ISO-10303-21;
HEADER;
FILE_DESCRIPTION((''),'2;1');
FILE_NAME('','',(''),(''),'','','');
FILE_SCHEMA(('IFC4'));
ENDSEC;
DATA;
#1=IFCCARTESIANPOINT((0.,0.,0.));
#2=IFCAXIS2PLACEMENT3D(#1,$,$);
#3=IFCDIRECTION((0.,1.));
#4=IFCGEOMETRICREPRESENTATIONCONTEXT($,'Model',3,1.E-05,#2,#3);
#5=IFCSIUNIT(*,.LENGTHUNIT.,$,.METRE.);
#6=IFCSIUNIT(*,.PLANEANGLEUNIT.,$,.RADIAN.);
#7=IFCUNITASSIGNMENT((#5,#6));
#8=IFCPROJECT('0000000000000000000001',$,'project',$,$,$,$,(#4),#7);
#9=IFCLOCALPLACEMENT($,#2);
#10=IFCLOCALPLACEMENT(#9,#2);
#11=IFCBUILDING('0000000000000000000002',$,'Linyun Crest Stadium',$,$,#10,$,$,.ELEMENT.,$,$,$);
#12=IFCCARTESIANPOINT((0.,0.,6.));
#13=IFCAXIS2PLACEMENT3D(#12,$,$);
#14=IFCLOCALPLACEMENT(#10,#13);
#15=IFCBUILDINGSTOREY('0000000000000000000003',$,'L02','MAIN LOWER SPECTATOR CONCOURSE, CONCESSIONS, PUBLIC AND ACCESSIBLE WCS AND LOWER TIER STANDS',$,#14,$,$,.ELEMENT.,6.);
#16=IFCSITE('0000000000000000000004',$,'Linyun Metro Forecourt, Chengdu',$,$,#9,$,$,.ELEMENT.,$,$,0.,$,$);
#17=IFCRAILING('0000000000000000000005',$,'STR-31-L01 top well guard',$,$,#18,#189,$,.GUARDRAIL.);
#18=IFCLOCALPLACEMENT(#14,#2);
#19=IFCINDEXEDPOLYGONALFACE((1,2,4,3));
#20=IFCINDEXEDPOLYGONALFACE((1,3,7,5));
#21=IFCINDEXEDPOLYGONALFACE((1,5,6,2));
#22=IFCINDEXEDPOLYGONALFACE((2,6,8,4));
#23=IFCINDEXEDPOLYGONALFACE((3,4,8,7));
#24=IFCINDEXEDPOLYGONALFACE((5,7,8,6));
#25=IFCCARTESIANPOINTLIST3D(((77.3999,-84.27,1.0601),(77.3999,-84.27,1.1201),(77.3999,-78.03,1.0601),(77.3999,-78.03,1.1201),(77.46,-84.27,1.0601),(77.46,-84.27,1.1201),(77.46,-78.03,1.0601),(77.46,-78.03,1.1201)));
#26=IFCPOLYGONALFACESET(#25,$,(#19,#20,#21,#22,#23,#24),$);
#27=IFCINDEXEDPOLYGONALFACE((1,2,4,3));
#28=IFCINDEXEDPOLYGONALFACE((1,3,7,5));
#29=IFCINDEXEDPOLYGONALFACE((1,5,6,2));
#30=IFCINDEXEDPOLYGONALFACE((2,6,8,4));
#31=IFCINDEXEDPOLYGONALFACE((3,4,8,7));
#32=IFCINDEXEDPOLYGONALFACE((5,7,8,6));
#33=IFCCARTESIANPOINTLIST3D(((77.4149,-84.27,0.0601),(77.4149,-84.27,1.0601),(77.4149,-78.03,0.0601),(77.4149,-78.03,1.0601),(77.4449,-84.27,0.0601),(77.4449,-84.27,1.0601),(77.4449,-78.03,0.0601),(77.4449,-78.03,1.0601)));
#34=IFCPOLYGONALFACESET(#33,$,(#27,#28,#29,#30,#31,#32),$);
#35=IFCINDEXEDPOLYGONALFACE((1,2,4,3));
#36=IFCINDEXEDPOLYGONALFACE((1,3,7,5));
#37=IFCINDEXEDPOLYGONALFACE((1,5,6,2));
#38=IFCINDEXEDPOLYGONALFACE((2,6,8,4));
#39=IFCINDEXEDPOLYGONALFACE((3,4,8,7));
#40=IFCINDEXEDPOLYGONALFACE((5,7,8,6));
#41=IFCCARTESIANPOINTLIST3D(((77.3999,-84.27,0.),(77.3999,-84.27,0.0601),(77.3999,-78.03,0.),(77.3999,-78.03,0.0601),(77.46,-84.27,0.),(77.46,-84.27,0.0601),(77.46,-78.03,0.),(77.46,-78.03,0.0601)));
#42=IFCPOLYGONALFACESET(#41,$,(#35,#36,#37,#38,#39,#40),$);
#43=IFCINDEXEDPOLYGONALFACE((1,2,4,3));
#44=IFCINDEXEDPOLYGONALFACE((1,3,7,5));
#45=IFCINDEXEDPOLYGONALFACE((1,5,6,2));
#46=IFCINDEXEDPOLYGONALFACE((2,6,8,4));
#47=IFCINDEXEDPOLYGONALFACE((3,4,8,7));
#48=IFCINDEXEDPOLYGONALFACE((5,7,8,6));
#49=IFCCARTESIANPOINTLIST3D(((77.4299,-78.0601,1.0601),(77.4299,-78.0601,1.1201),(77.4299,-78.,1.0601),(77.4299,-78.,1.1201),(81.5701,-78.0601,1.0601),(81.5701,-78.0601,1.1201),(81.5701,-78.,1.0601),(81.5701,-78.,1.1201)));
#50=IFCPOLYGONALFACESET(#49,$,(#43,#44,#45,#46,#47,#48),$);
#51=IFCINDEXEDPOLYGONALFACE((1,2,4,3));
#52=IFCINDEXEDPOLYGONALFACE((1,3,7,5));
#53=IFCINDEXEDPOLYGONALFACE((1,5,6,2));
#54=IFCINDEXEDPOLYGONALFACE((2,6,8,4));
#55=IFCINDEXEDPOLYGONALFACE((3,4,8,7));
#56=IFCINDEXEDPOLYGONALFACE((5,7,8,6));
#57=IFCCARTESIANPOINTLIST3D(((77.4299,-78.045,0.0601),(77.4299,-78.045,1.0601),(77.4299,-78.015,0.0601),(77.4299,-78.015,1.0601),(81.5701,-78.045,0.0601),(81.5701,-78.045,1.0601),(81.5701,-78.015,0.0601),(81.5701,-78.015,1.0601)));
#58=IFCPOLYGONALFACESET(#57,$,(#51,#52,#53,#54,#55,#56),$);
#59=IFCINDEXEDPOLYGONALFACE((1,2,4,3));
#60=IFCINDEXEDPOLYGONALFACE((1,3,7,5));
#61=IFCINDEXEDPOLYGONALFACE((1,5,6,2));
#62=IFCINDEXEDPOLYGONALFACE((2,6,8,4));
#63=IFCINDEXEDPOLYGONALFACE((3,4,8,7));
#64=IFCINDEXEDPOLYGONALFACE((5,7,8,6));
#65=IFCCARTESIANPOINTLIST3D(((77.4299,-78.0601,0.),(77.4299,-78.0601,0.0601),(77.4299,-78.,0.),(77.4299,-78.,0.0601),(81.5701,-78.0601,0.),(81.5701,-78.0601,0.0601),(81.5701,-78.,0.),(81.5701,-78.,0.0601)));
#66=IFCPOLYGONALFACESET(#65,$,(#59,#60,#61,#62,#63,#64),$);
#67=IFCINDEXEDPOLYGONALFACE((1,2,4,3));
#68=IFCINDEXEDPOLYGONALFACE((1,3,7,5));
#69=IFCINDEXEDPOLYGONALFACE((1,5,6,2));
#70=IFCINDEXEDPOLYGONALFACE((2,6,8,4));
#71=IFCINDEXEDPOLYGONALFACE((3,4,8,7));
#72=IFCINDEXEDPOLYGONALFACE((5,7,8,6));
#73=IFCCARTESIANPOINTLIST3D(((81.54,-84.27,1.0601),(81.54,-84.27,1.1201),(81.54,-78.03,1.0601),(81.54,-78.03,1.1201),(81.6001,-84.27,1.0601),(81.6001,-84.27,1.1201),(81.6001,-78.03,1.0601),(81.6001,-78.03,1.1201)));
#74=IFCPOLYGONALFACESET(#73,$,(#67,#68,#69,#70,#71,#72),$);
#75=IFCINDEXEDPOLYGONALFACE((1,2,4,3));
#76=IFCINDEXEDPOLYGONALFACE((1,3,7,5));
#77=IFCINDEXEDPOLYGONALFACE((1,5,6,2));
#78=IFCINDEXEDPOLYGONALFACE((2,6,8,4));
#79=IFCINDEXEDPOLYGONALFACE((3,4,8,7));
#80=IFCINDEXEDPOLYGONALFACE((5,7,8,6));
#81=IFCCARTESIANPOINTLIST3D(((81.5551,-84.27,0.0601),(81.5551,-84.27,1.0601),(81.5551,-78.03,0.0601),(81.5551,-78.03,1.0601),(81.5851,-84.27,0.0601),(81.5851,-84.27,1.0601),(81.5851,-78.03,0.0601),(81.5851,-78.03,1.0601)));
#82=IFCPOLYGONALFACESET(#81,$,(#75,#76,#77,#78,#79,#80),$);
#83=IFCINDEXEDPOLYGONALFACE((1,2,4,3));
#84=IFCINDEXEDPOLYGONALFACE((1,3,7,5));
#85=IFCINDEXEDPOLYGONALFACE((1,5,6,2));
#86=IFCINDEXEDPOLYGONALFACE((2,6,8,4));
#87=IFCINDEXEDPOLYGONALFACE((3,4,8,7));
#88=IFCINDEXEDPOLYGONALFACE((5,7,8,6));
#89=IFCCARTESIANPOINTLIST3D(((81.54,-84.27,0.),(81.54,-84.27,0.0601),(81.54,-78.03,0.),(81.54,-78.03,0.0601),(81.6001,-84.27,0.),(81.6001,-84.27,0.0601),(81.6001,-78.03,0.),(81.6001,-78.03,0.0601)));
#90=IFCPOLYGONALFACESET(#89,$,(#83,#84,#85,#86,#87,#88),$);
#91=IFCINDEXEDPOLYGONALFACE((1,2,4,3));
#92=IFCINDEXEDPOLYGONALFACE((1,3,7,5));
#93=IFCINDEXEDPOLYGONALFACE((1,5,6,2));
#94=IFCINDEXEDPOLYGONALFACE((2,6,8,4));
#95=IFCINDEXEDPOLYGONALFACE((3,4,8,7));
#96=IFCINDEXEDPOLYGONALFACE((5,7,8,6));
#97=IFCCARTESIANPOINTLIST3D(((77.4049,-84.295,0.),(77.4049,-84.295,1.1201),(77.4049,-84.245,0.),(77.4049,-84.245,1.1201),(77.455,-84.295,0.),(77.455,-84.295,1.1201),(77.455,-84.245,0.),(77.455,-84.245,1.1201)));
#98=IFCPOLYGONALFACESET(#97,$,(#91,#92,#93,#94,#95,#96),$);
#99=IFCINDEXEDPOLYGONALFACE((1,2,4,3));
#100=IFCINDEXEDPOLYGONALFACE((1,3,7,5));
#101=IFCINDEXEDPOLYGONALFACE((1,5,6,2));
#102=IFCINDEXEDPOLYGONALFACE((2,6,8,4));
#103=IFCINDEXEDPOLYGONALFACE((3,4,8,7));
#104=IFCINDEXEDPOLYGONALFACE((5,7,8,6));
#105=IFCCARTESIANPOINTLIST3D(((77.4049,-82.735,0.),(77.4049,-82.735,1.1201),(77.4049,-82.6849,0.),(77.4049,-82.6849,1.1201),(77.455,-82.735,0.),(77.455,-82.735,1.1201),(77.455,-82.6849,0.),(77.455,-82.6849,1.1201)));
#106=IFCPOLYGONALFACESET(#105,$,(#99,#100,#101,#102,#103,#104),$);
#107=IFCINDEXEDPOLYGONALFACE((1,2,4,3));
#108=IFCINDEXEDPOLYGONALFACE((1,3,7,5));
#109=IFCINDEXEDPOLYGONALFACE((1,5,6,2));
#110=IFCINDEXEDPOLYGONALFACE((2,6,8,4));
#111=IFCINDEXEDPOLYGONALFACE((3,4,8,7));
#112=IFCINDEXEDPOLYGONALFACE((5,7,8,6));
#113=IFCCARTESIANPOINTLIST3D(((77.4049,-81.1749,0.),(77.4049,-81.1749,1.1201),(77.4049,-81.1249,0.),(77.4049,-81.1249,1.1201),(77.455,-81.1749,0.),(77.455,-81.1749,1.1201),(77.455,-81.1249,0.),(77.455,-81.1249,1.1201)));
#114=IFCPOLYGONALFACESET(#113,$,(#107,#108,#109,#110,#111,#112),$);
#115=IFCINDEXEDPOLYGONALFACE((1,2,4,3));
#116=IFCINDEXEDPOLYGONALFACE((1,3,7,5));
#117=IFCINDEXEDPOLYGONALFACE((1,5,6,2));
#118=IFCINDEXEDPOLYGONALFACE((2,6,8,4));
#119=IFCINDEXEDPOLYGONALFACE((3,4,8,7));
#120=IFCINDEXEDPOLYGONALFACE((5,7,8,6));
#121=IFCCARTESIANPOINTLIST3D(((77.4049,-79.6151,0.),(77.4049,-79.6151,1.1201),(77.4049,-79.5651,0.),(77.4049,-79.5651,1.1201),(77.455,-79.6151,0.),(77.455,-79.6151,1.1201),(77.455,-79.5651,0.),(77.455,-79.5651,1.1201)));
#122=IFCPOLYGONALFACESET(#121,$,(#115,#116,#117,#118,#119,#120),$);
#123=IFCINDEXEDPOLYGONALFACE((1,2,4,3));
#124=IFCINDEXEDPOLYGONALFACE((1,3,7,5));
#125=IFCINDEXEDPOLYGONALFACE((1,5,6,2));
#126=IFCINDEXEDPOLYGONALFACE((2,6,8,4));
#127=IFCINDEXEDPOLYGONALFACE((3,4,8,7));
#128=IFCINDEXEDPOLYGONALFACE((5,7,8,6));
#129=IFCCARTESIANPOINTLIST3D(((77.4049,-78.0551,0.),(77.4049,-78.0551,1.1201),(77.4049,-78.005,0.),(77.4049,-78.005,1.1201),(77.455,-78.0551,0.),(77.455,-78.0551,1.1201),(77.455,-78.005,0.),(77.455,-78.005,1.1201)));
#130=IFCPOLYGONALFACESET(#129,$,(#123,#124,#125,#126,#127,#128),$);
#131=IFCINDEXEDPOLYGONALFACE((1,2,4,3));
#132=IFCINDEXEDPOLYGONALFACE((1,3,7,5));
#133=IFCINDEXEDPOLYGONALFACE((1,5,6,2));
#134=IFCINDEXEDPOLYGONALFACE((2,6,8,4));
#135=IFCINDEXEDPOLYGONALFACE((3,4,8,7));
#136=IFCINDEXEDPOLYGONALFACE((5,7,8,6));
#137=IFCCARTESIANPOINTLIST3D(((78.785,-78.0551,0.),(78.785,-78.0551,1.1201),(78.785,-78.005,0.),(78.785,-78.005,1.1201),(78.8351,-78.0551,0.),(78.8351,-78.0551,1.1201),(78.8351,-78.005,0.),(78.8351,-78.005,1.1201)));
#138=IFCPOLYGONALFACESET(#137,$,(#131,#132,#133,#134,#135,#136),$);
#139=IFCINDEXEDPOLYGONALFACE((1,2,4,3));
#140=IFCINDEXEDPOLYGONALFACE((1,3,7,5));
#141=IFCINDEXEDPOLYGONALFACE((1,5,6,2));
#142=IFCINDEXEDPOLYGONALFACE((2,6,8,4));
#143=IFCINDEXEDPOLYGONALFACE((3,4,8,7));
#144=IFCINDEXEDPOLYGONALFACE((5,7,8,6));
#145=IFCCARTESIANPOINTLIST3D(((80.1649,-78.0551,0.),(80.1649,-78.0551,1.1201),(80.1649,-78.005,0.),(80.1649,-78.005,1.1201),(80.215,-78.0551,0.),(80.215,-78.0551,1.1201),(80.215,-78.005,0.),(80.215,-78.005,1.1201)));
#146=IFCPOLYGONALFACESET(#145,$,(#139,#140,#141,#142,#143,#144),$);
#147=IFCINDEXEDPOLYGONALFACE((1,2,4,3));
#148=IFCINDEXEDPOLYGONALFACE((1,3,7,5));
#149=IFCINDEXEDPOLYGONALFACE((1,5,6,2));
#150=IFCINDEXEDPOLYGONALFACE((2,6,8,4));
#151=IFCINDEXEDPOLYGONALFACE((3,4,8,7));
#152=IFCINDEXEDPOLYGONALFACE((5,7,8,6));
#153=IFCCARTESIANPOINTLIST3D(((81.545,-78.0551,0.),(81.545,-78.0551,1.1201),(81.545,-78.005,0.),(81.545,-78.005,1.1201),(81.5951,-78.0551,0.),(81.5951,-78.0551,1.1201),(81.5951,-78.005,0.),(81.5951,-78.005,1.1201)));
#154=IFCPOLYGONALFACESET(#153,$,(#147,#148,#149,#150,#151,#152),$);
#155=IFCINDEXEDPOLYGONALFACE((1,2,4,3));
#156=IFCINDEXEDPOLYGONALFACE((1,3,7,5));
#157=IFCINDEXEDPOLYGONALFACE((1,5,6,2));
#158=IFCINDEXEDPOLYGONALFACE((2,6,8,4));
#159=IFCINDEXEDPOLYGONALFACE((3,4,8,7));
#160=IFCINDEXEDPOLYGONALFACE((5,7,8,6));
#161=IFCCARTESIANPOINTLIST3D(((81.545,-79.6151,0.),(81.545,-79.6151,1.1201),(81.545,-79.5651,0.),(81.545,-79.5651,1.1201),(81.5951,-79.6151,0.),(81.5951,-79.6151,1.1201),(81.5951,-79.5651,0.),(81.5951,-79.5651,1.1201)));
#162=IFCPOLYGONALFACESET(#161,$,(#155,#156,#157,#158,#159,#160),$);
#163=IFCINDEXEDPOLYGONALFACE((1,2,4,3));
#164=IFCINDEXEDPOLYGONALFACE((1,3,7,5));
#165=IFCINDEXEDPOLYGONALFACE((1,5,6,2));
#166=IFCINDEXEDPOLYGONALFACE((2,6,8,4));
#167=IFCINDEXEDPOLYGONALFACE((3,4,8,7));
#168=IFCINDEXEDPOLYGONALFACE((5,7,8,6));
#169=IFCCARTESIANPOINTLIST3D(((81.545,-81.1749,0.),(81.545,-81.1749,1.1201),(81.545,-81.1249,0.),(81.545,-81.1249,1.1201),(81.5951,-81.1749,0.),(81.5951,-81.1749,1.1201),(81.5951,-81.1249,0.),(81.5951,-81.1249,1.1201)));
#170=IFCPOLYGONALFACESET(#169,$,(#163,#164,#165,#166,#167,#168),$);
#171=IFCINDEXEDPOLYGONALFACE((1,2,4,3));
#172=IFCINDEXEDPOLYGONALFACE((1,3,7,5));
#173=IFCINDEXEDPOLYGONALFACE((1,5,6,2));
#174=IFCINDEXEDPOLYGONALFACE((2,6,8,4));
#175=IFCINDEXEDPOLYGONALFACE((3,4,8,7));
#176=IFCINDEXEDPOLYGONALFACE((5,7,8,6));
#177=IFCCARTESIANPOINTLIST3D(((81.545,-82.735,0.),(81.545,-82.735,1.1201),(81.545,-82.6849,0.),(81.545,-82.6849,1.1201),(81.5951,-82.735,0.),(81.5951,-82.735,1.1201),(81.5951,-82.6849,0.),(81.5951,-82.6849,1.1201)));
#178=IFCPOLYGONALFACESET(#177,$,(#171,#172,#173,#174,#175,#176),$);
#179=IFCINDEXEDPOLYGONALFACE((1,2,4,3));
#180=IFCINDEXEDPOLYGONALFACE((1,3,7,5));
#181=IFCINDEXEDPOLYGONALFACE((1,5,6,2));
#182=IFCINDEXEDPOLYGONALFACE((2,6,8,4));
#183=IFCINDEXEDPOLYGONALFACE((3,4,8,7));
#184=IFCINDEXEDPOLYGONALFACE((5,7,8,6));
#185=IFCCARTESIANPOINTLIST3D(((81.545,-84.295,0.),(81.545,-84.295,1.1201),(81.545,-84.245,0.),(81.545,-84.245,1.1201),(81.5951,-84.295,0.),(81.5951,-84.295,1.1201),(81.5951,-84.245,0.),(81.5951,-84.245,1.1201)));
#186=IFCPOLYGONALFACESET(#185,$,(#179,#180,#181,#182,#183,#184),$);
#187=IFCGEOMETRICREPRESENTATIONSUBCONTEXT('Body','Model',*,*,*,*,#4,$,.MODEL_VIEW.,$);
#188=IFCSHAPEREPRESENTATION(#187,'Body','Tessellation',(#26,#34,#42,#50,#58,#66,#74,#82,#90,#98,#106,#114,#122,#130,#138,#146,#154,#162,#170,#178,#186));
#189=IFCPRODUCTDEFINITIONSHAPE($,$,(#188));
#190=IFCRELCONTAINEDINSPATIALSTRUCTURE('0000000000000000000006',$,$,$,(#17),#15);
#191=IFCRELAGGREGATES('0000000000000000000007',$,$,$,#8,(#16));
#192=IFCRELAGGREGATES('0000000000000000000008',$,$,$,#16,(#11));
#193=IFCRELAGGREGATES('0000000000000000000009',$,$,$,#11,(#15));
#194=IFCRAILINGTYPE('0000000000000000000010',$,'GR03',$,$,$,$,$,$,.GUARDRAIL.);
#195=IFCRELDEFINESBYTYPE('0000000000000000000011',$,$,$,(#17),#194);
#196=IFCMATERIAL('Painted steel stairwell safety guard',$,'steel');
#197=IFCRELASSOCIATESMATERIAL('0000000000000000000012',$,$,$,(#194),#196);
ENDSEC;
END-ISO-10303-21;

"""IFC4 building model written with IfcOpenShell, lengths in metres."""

from ifc_helpers import new_model, si_unit, direction, frame, origin, origin_2d, place, context, subcontext, project, spatial, rectangle, extrude, material, type_object, element, save


model = new_model("IFC4")

# Units and contexts
model_context = context("Model", 3, precision=1e-05, world=origin(), true_north=direction((0.0, 1.0)))
body_context = subcontext(model_context, "Body", "Model", "MODEL_VIEW")
ifc_project = project(units=[si_unit("LENGTHUNIT", "METRE"), si_unit("PLANEANGLEUNIT", "RADIAN")], contexts=[model_context])

# Site, building, storey
site_placement = place(None, origin())
site = spatial("IfcSite", under=ifc_project, at=site_placement, Name="Linyun Metro Forecourt, Chengdu", CompositionType="ELEMENT", RefElevation=0.0)
building_placement = place(site_placement, origin())
building = spatial("IfcBuilding", under=site, at=building_placement, Name="Linyun Crest Stadium", CompositionType="ELEMENT")
storey_placement = place(building_placement, frame((0.0, 0.0, 6.0)))
storey = spatial("IfcBuildingStorey", under=building, at=storey_placement, Name="L02", Description="MAIN LOWER SPECTATOR CONCOURSE, CONCESSIONS, PUBLIC AND ACCESSIBLE WCS AND LOWER TIER STANDS", CompositionType="ELEMENT", Elevation=6.0)

# Railing
ifc_material_1 = material(Name="Painted steel stairwell safety guard", Category="steel")
railing_type_1 = type_object("IfcRailingType", Name="GR03", PredefinedType="GUARDRAIL", material=ifc_material_1)
railing_1_placement = place(storey_placement, frame((77.4299, -84.27, 0.0)))
element("IfcRailing", 1, at=railing_1_placement, inside=storey, type_object=railing_type_1, Name="STR-31-L01 top well guard", PredefinedType="GUARDRAIL", context=body_context, shape_type="SweptSolid", body=[
    extrude(rectangle(XDim=0.0601, YDim=0.0601, at=origin_2d()), frame((0.0, 0.0, 1.0901), z_axis=(0.0, 1.0, 0.0), x_axis=(-1.0, 0.0, 0.0)), (0.0, 0.0, 1.0), 6.24),
    extrude(rectangle(XDim=0.03, YDim=1.0, at=origin_2d()), frame((0.0, 0.0, 0.5601), z_axis=(0.0, 1.0, 0.0), x_axis=(-1.0, 0.0, 0.0)), (0.0, 0.0, 1.0), 6.24),
    extrude(rectangle(XDim=0.0601, YDim=0.0601, at=origin_2d()), frame((0.0, 0.0, 0.03), z_axis=(0.0, 1.0, 0.0), x_axis=(-1.0, 0.0, 0.0)), (0.0, 0.0, 1.0), 6.24),
    extrude(rectangle(XDim=0.0601, YDim=0.0601, at=origin_2d()), frame((0.0, 6.24, 1.0901), z_axis=(1.0, 0.0, 0.0), x_axis=(0.0, 1.0, 0.0)), (0.0, 0.0, 1.0), 4.1401),
    extrude(rectangle(XDim=0.03, YDim=1.0, at=origin_2d()), frame((0.0, 6.24, 0.5601), z_axis=(1.0, 0.0, 0.0), x_axis=(0.0, 1.0, 0.0)), (0.0, 0.0, 1.0), 4.1401),
    extrude(rectangle(XDim=0.0601, YDim=0.0601, at=origin_2d()), frame((0.0, 6.24, 0.03), z_axis=(1.0, 0.0, 0.0), x_axis=(0.0, 1.0, 0.0)), (0.0, 0.0, 1.0), 4.1401),
    extrude(rectangle(XDim=0.0601, YDim=0.0601, at=origin_2d()), frame((4.1401, 6.24, 1.0901), z_axis=(0.0, -1.0, 0.0), x_axis=(1.0, 0.0, 0.0)), (0.0, 0.0, 1.0), 6.24),
    extrude(rectangle(XDim=0.03, YDim=1.0, at=origin_2d()), frame((4.1401, 6.24, 0.5601), z_axis=(0.0, -1.0, 0.0), x_axis=(1.0, 0.0, 0.0)), (0.0, 0.0, 1.0), 6.24),
    extrude(rectangle(XDim=0.0601, YDim=0.0601, at=origin_2d()), frame((4.1401, 6.24, 0.03), z_axis=(0.0, -1.0, 0.0), x_axis=(1.0, 0.0, 0.0)), (0.0, 0.0, 1.0), 6.24),
    extrude(rectangle(XDim=0.05, YDim=0.05, at=origin_2d()), origin(), (0.0, 0.0, 1.0), 1.1201),
    extrude(rectangle(XDim=0.05, YDim=0.05, at=origin_2d()), frame((0.0, 1.5601, 0.0)), (0.0, 0.0, 1.0), 1.1201),
    extrude(rectangle(XDim=0.05, YDim=0.05, at=origin_2d()), frame((0.0, 3.1201, 0.0)), (0.0, 0.0, 1.0), 1.1201),
    extrude(rectangle(XDim=0.05, YDim=0.05, at=origin_2d()), frame((0.0, 4.6799, 0.0)), (0.0, 0.0, 1.0), 1.1201),
    extrude(rectangle(XDim=0.05, YDim=0.05, at=origin_2d()), frame((0.0, 6.24, 0.0)), (0.0, 0.0, 1.0), 1.1201),
    extrude(rectangle(XDim=0.05, YDim=0.05, at=origin_2d()), frame((1.3801, 6.24, 0.0)), (0.0, 0.0, 1.0), 1.1201),
    extrude(rectangle(XDim=0.05, YDim=0.05, at=origin_2d()), frame((2.76, 6.24, 0.0)), (0.0, 0.0, 1.0), 1.1201),
    extrude(rectangle(XDim=0.05, YDim=0.05, at=origin_2d()), frame((4.1401, 6.24, 0.0)), (0.0, 0.0, 1.0), 1.1201),
    extrude(rectangle(XDim=0.05, YDim=0.05, at=origin_2d()), frame((4.1401, 4.6799, 0.0)), (0.0, 0.0, 1.0), 1.1201),
    extrude(rectangle(XDim=0.05, YDim=0.05, at=origin_2d()), frame((4.1401, 3.1201, 0.0)), (0.0, 0.0, 1.0), 1.1201),
    extrude(rectangle(XDim=0.05, YDim=0.05, at=origin_2d()), frame((4.1401, 1.5601, 0.0)), (0.0, 0.0, 1.0), 1.1201),
    extrude(rectangle(XDim=0.05, YDim=0.05, at=origin_2d()), frame((4.1401, 0.0, 0.0)), (0.0, 0.0, 1.0), 1.1201),
])

save(model, "model.ifc")
